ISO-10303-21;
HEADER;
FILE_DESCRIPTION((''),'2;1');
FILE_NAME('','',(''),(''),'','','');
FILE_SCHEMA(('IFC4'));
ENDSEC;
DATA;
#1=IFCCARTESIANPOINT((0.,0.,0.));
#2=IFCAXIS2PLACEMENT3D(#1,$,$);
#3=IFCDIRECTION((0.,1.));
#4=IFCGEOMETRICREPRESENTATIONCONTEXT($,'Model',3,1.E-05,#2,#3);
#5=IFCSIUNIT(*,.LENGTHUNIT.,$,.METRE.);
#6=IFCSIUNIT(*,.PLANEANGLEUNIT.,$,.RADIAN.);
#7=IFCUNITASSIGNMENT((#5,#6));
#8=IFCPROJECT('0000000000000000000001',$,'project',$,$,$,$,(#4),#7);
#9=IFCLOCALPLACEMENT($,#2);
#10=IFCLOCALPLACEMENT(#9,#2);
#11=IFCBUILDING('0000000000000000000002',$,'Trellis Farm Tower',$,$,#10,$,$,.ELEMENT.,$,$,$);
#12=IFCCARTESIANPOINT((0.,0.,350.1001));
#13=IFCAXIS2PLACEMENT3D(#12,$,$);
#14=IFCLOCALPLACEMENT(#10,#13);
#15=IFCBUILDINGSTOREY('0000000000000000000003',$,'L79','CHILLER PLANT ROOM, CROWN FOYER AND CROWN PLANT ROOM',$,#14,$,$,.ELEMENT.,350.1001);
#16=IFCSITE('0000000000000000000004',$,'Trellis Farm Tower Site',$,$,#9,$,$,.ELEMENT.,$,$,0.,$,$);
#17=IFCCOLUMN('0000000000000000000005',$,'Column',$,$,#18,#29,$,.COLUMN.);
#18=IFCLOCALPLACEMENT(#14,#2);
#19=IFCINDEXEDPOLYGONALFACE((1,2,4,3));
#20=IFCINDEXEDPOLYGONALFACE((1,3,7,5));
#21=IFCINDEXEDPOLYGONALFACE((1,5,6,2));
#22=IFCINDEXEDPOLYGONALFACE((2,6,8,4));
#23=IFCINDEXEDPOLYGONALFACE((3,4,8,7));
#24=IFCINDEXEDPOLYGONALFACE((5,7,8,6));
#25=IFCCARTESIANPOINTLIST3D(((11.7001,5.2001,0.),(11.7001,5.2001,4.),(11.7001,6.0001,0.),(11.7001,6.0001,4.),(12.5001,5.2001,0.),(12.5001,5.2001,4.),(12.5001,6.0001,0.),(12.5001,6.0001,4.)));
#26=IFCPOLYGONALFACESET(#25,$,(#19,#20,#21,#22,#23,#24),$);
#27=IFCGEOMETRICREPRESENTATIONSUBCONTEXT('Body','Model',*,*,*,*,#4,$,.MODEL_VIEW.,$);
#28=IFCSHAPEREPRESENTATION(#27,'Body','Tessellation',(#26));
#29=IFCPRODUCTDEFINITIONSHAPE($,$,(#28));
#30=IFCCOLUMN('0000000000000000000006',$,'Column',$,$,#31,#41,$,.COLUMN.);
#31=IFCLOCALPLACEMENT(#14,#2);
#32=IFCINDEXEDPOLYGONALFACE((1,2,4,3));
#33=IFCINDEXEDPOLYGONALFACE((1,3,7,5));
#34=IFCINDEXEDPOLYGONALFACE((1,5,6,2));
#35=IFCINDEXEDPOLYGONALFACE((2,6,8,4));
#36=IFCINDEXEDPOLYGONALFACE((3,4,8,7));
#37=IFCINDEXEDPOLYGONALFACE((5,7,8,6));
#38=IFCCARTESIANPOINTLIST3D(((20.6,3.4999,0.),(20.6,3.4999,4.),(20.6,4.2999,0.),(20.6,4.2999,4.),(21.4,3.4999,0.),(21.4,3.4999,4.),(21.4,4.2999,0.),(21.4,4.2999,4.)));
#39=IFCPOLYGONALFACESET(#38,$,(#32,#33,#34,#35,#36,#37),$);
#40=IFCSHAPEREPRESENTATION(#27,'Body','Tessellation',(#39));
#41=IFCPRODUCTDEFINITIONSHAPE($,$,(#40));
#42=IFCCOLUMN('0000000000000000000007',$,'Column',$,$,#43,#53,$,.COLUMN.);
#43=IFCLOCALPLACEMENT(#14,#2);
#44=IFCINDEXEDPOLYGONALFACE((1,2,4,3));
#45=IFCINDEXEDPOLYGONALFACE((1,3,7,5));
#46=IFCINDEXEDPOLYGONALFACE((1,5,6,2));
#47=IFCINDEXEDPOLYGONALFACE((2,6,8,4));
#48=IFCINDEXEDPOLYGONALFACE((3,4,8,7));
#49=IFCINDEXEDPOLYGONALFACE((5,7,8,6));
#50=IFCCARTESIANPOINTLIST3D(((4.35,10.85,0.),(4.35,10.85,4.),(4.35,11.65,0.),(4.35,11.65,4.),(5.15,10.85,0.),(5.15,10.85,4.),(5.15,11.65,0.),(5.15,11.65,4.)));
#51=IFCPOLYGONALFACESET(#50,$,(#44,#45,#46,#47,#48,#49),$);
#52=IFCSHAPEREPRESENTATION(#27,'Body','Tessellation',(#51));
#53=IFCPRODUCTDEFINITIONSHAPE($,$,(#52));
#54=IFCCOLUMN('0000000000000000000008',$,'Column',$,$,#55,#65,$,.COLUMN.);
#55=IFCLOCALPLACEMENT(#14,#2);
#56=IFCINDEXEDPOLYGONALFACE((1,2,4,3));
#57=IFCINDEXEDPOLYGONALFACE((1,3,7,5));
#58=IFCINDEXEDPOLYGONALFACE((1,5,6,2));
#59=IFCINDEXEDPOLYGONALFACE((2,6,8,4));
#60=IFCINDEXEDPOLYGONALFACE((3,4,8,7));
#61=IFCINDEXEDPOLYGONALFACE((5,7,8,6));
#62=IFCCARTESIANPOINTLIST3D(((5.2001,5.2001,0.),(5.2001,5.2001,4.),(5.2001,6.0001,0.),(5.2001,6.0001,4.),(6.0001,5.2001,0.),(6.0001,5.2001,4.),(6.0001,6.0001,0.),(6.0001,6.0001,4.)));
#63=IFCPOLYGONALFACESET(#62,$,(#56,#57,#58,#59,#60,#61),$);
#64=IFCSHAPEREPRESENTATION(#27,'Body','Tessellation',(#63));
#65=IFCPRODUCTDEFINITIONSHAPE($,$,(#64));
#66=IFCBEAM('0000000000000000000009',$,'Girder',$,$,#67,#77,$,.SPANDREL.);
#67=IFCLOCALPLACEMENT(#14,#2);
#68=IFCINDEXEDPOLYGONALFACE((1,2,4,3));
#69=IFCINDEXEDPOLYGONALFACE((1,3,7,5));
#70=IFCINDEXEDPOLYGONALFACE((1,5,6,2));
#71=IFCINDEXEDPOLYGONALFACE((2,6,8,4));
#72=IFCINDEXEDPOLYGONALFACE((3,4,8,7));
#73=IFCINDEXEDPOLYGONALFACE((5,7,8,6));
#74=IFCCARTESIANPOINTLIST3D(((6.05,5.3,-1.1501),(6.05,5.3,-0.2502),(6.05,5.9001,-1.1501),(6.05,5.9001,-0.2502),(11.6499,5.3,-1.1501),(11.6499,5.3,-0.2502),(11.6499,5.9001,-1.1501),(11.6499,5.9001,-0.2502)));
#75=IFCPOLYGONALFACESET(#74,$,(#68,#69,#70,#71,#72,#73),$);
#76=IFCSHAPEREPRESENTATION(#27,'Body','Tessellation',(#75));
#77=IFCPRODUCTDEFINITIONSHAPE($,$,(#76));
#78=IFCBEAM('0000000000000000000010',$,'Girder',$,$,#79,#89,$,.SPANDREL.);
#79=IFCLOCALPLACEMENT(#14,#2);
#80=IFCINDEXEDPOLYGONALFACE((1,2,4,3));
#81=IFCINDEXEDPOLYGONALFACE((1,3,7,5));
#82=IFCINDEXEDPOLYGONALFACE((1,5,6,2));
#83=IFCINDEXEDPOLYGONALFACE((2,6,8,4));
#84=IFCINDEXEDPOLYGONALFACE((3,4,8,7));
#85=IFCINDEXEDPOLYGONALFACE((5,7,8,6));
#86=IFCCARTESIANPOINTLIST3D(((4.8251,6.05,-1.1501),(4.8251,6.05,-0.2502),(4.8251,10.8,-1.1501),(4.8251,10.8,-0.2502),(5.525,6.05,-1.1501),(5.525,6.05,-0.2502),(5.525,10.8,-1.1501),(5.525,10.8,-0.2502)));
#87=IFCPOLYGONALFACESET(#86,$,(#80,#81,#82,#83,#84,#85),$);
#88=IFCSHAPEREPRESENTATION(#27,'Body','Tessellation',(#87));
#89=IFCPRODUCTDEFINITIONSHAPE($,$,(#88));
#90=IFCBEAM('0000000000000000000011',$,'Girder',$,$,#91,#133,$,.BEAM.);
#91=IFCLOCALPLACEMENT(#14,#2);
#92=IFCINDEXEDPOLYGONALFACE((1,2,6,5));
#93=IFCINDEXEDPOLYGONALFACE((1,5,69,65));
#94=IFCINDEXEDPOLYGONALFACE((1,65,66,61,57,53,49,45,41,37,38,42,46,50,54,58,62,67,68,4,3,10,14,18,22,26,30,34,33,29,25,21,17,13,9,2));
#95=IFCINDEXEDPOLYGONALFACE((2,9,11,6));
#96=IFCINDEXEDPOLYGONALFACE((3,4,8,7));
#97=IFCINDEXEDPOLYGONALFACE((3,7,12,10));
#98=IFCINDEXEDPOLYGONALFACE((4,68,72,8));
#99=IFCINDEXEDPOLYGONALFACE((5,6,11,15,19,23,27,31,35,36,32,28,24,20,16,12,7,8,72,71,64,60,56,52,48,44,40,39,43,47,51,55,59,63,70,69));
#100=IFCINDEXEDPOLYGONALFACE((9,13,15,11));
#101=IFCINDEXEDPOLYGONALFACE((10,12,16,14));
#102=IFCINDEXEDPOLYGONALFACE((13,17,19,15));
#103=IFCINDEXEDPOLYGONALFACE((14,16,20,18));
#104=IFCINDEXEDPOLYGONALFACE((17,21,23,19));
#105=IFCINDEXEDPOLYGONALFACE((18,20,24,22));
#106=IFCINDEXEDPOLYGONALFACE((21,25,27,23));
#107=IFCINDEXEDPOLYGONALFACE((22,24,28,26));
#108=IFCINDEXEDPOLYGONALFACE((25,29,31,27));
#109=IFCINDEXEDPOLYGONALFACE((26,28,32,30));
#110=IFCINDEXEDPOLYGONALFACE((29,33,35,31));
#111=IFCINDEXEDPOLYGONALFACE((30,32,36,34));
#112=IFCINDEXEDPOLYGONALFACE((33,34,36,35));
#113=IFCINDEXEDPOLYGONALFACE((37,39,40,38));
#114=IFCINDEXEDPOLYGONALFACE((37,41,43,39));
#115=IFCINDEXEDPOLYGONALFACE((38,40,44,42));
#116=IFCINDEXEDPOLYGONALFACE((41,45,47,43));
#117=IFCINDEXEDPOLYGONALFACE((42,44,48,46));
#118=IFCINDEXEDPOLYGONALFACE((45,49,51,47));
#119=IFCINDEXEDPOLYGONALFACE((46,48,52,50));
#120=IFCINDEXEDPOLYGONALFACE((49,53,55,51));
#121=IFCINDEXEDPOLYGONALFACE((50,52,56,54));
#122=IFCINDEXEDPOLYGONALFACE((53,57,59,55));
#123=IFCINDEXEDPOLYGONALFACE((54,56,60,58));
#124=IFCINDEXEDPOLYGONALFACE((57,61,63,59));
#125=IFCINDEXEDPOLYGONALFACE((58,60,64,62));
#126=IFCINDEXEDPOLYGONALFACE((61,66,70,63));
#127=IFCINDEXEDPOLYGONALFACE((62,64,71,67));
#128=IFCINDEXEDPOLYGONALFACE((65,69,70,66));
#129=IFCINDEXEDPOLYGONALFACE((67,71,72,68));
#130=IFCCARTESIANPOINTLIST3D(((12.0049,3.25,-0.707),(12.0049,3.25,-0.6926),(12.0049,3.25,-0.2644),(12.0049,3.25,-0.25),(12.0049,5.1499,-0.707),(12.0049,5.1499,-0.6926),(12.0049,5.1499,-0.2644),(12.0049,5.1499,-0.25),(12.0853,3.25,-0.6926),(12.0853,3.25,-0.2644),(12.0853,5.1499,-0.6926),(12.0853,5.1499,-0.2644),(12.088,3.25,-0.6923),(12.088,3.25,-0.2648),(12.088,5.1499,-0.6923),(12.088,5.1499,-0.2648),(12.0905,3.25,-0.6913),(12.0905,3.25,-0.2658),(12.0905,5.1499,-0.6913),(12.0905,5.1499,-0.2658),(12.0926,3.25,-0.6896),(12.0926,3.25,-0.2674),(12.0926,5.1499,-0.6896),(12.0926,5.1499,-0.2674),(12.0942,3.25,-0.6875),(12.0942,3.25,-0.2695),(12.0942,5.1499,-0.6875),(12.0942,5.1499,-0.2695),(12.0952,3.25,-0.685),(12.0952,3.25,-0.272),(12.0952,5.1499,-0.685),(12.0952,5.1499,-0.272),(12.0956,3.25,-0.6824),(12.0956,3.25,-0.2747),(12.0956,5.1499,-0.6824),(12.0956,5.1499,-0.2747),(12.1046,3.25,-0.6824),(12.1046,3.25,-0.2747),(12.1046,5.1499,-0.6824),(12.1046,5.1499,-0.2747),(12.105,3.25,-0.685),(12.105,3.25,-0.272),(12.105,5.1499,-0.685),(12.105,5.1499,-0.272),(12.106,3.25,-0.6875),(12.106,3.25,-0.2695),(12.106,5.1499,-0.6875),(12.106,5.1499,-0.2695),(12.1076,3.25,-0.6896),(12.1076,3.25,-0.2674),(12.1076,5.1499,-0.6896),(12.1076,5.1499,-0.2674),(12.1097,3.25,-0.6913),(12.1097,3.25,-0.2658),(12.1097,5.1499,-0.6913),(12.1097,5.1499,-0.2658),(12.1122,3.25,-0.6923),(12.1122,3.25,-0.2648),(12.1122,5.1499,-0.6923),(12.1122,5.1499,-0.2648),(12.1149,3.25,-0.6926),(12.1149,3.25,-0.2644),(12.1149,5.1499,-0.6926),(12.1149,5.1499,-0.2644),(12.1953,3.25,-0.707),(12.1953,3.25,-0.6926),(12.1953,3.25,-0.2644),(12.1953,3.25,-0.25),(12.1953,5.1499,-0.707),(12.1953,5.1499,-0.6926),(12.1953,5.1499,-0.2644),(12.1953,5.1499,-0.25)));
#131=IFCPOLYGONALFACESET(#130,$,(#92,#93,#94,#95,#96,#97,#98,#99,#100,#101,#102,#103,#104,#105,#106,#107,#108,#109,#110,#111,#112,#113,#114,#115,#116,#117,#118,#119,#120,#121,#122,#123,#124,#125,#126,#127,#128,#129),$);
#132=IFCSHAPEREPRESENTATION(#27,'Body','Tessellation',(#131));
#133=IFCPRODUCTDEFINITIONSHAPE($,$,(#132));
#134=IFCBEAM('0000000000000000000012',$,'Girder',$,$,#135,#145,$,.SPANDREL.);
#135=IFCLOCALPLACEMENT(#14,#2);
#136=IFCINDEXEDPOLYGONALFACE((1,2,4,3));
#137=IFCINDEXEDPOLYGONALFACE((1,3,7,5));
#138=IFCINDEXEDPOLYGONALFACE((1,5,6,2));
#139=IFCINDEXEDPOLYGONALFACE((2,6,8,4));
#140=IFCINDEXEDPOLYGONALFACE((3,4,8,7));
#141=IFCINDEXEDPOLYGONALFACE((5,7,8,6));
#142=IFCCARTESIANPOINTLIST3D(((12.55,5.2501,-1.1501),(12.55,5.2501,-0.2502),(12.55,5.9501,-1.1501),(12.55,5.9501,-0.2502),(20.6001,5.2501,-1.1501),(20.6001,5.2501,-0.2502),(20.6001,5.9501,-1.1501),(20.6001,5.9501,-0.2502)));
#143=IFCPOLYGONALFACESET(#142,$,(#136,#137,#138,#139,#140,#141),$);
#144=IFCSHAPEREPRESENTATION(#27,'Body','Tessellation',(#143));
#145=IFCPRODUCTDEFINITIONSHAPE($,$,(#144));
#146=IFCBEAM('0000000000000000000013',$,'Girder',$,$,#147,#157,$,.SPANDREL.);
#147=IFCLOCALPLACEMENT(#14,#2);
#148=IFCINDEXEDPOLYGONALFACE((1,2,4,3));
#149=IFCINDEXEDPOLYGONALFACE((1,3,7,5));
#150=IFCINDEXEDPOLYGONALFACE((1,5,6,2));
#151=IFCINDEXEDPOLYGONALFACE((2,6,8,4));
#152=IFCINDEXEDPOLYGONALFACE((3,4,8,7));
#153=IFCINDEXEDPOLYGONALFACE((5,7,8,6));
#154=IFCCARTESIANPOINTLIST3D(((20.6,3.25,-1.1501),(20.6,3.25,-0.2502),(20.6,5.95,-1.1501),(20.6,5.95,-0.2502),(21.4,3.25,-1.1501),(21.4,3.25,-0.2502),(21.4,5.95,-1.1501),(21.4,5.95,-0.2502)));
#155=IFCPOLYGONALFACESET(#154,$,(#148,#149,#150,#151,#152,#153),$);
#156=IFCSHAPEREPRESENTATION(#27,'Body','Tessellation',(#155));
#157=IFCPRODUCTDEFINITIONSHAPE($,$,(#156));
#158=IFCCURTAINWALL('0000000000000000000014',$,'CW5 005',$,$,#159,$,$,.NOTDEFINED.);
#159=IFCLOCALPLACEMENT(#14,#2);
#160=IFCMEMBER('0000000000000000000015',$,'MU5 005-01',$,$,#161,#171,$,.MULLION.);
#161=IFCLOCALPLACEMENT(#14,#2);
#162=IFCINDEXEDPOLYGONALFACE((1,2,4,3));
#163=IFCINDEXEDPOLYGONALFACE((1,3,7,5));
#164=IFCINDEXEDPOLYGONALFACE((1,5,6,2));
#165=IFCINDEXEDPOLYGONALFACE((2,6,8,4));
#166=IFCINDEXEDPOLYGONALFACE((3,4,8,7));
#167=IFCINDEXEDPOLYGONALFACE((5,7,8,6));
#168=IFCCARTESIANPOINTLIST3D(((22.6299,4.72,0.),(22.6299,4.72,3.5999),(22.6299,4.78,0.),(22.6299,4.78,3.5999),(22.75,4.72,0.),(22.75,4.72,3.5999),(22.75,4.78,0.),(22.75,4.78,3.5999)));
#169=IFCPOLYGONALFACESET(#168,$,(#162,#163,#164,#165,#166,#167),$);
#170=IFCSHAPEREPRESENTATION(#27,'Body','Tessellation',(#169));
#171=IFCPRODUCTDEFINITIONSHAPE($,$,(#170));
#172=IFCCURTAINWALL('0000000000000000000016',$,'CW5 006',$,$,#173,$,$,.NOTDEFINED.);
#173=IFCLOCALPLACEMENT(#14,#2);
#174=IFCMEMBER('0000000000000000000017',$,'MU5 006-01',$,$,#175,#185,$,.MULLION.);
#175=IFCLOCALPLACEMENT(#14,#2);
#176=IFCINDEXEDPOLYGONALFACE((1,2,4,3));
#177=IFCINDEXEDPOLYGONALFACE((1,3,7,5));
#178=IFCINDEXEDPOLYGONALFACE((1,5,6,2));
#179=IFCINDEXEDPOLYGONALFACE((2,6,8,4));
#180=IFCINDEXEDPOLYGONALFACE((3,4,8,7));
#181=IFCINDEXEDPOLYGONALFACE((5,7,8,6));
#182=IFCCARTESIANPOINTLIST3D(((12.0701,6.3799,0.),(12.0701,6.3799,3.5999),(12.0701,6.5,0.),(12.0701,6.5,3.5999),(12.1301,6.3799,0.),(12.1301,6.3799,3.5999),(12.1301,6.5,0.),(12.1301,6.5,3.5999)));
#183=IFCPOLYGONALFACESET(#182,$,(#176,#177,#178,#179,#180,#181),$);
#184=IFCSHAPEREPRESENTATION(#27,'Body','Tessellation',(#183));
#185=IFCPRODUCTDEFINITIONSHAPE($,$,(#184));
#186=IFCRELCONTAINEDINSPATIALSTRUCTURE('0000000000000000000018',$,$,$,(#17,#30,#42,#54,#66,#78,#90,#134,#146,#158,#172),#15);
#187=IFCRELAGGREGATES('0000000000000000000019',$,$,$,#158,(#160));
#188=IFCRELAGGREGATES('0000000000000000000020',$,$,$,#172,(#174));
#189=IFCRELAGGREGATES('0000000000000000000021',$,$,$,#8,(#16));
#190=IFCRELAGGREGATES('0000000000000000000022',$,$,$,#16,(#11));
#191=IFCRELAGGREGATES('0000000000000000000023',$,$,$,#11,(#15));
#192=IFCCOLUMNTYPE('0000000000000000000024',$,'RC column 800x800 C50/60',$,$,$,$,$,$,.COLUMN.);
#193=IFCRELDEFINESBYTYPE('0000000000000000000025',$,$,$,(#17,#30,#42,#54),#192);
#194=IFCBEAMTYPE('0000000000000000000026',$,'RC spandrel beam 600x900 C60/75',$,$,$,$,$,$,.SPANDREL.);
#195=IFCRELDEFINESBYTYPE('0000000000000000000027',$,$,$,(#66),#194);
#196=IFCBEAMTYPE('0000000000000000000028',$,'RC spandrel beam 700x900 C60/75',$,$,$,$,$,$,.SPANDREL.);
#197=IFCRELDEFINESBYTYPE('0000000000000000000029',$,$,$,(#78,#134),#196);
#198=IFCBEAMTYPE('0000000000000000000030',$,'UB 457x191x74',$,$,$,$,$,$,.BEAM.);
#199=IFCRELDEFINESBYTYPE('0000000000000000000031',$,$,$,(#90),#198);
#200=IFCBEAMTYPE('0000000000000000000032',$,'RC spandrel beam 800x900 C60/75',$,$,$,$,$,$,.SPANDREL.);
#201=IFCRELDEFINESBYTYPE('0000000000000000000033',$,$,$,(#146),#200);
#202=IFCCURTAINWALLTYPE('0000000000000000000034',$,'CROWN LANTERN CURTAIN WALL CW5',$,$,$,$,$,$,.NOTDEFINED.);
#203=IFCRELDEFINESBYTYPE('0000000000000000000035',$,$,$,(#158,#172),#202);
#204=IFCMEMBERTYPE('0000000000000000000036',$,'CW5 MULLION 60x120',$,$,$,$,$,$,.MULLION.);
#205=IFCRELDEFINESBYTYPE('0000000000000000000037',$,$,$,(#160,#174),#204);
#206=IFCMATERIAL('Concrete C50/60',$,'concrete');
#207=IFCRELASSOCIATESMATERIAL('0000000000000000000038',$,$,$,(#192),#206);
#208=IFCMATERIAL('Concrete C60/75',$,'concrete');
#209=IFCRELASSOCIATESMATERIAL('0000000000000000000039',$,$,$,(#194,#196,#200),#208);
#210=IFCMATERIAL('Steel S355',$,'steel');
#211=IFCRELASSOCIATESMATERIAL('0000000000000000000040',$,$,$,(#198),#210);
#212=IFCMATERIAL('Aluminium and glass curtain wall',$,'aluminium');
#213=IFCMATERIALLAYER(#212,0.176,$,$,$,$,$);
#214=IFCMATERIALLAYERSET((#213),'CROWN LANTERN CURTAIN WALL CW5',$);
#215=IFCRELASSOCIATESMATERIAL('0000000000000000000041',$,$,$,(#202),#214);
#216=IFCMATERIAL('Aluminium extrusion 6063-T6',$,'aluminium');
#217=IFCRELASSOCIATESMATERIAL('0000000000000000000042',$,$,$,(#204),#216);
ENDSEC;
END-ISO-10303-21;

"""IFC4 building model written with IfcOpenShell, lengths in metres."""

from ifc_helpers import new_model, si_unit, direction, frame, origin, origin_2d, place, context, subcontext, project, spatial, rectangle, i_section, extrude, source, transform, mapped, material, layer, layer_set, material_profile, profile_set, type_object, element, aggregate, save


model = new_model("IFC4")

# Units and contexts
model_context = context("Model", 3, precision=1e-05, world=origin(), true_north=direction((0.0, 1.0)))
body_context = subcontext(model_context, "Body", "Model", "MODEL_VIEW")
ifc_project = project(units=[si_unit("LENGTHUNIT", "METRE"), si_unit("PLANEANGLEUNIT", "RADIAN")], contexts=[model_context])

# Site, building, storey
site_placement = place(None, origin())
site = spatial("IfcSite", under=ifc_project, at=site_placement, Name="Trellis Farm Tower Site", CompositionType="ELEMENT", RefElevation=0.0)
building_placement = place(site_placement, origin())
building = spatial("IfcBuilding", under=site, at=building_placement, Name="Trellis Farm Tower", CompositionType="ELEMENT")
storey_placement = place(building_placement, frame((0.0, 0.0, 350.1001)))
storey = spatial("IfcBuildingStorey", under=building, at=storey_placement, Name="L79", Description="CHILLER PLANT ROOM, CROWN FOYER AND CROWN PLANT ROOM", CompositionType="ELEMENT", Elevation=350.1001)

# Columns
ifc_material_1 = material(Name="Concrete C50/60", Category="concrete")
ifc_material_profile_1 = material_profile(ifc_material_1, rectangle(XDim=0.8, YDim=0.8, at=origin_2d()), Name="RC column 800x800 C50/60")
ifc_profile_set_1 = profile_set([ifc_material_profile_1], Name="Concrete C50/60")
column_type = type_object("IfcColumnType", Name="RC column 800x800 C50/60", PredefinedType="COLUMN", material=ifc_profile_set_1)
shared_shape_1 = source(origin(), body_context, "Body", "SweptSolid", [
    extrude(rectangle(XDim=0.8, YDim=0.8, at=origin_2d()), origin(), (0.0, 0.0, 1.0), 4.0),
])
for number, where, z_axis, x_axis, name in (
    (1, (12.1001, 5.6001, 0.0), (0.0, 0.0, 1.0), (1.0, 0.0, 0.0), "Column"),
    (2, (21.0, 3.8999, 0.0), (0.0, 0.0, 1.0), (1.0, 0.0, 0.0), "Column"),
    (3, (4.75, 11.25, 0.0), (0.0, 0.0, 1.0), (1.0, 0.0, 0.0), "Column"),
    (4, (5.6001, 5.6001, 0.0), (0.0, 0.0, 1.0), (1.0, 0.0, 0.0), "Column"),
):
    element("IfcColumn", number, at=place(storey_placement, frame(where, z_axis=z_axis, x_axis=x_axis)), inside=storey, type_object=column_type, Name=name, PredefinedType="COLUMN", context=body_context, shape_type="MappedRepresentation", body=[
        mapped(shared_shape_1, transform((0.0, 0.0, 0.0))),
    ])

# Beams
ifc_material_2 = material(Name="Concrete C60/75", Category="concrete")
ifc_material_profile_2 = material_profile(ifc_material_2, rectangle(XDim=0.6001, YDim=0.8999, at=origin_2d()), Name="RC spandrel beam 600x900 C60/75")
ifc_profile_set_2 = profile_set([ifc_material_profile_2], Name="Concrete C60/75")
beam_type_1 = type_object("IfcBeamType", Name="RC spandrel beam 600x900 C60/75", PredefinedType="SPANDREL", material=ifc_profile_set_2)
shared_shape_2 = source(origin(), body_context, "Body", "SweptSolid", [
    extrude(rectangle(XDim=0.6001, YDim=0.8999, at=origin_2d()), origin(), (0.0, 0.0, 1.0), 5.5999),
])
beam_1_placement = place(storey_placement, frame((6.05, 5.6001, -0.7002), z_axis=(1.0, 0.0, 0.0), x_axis=(0.0, 1.0, 0.0)))
element("IfcBeam", 5, at=beam_1_placement, inside=storey, type_object=beam_type_1, Name="Girder", PredefinedType="SPANDREL", context=body_context, shape_type="MappedRepresentation", body=[
    mapped(shared_shape_2, transform((0.0, 0.0, 0.0))),
])
ifc_material_profile_3 = material_profile(ifc_material_2, rectangle(XDim=0.7, YDim=0.8999, at=origin_2d()), Name="RC spandrel beam 700x900 C60/75")
ifc_profile_set_3 = profile_set([ifc_material_profile_3], Name="Concrete C60/75")
beam_type_2 = type_object("IfcBeamType", Name="RC spandrel beam 700x900 C60/75", PredefinedType="SPANDREL", material=ifc_profile_set_3)
shared_shape_3 = source(origin(), body_context, "Body", "SweptSolid", [
    extrude(rectangle(XDim=0.7, YDim=0.8999, at=origin_2d()), origin(), (0.0, 0.0, 1.0), 4.75),
])
beam_2_placement = place(storey_placement, frame((5.175, 6.05, -0.7002), z_axis=(0.0, 1.0, 0.0), x_axis=(-1.0, 0.0, 0.0)))
element("IfcBeam", 6, at=beam_2_placement, inside=storey, type_object=beam_type_2, Name="Girder", PredefinedType="SPANDREL", context=body_context, shape_type="MappedRepresentation", body=[
    mapped(shared_shape_3, transform((0.0, 0.0, 0.0))),
])
ifc_material_3 = material(Name="Steel S355", Category="steel")
ifc_material_profile_4 = material_profile(ifc_material_3, i_section(OverallWidth=0.1904, OverallDepth=0.457, WebThickness=0.009, FlangeThickness=0.0144, FilletRadius=0.0103, at=origin_2d()), Name="UB 457x191x74")
ifc_profile_set_4 = profile_set([ifc_material_profile_4], Name="Steel S355")
beam_type_3 = type_object("IfcBeamType", Name="UB 457x191x74", PredefinedType="BEAM", material=ifc_profile_set_4)
shared_shape_4 = source(origin(), body_context, "Body", "SweptSolid", [
    extrude(i_section(OverallWidth=0.1904, OverallDepth=0.457, WebThickness=0.009, FlangeThickness=0.0144, FilletRadius=0.0103, at=origin_2d()), origin(), (0.0, 0.0, 1.0), 1.8999),
])
beam_3_placement = place(storey_placement, frame((12.1001, 3.25, -0.4785), z_axis=(0.0, 1.0, 0.0), x_axis=(-1.0, 0.0, 0.0)))
element("IfcBeam", 7, at=beam_3_placement, inside=storey, type_object=beam_type_3, Name="Girder", PredefinedType="BEAM", context=body_context, shape_type="MappedRepresentation", body=[
    mapped(shared_shape_4, transform((0.0, 0.0, 0.0))),
])
shared_shape_5 = source(origin(), body_context, "Body", "SweptSolid", [
    extrude(rectangle(XDim=0.7, YDim=0.8999, at=origin_2d()), origin(), (0.0, 0.0, 1.0), 8.05),
])
beam_4_placement = place(storey_placement, frame((12.55, 5.6001, -0.7002), z_axis=(1.0, 0.0, 0.0), x_axis=(0.0, 1.0, 0.0)))
element("IfcBeam", 8, at=beam_4_placement, inside=storey, type_object=beam_type_2, Name="Girder", PredefinedType="SPANDREL", context=body_context, shape_type="MappedRepresentation", body=[
    mapped(shared_shape_5, transform((0.0, 0.0, 0.0))),
])
ifc_material_profile_5 = material_profile(ifc_material_2, rectangle(XDim=0.8, YDim=0.8999, at=origin_2d()), Name="RC spandrel beam 800x900 C60/75")
ifc_profile_set_5 = profile_set([ifc_material_profile_5], Name="Concrete C60/75")
beam_type_4 = type_object("IfcBeamType", Name="RC spandrel beam 800x900 C60/75", PredefinedType="SPANDREL", material=ifc_profile_set_5)
shared_shape_6 = source(origin(), body_context, "Body", "SweptSolid", [
    extrude(rectangle(XDim=0.8, YDim=0.8999, at=origin_2d()), origin(), (0.0, 0.0, 1.0), 2.7),
])
beam_5_placement = place(storey_placement, frame((21.0, 3.25, -0.7002), z_axis=(0.0, 1.0, 0.0), x_axis=(-1.0, 0.0, 0.0)))
element("IfcBeam", 9, at=beam_5_placement, inside=storey, type_object=beam_type_4, Name="Girder", PredefinedType="SPANDREL", context=body_context, shape_type="MappedRepresentation", body=[
    mapped(shared_shape_6, transform((0.0, 0.0, 0.0))),
])

# Curtain walls, members
ifc_material_4 = material(Name="Aluminium and glass curtain wall", Category="aluminium")
ifc_layer_1 = layer(ifc_material_4, 0.176)
ifc_layer_set_1 = layer_set([ifc_layer_1], Name="CROWN LANTERN CURTAIN WALL CW5")
curtain_wall_type = type_object("IfcCurtainWallType", Name="CROWN LANTERN CURTAIN WALL CW5", PredefinedType="NOTDEFINED", material=ifc_layer_set_1)
placement = place(storey_placement, origin())
curtain_wall_1 = element("IfcCurtainWall", 10, at=placement, inside=storey, type_object=curtain_wall_type, Name="CW5 005", PredefinedType="NOTDEFINED")
ifc_material_5 = material(Name="Aluminium extrusion 6063-T6", Category="aluminium")
ifc_material_profile_6 = material_profile(ifc_material_5, rectangle(XDim=0.0601, YDim=0.1201, at=origin_2d()), Name="MULLION 60x120")
ifc_profile_set_6 = profile_set([ifc_material_profile_6], Name="Aluminium extrusion 6063-T6")
member_type = type_object("IfcMemberType", Name="CW5 MULLION 60x120", PredefinedType="MULLION", material=ifc_profile_set_6)
shared_shape_7 = source(origin(), body_context, "Body", "SweptSolid", [
    extrude(rectangle(XDim=0.0601, YDim=0.1201, at=origin_2d()), origin(), (0.0, 0.0, 1.0), 3.5999),
])
member_1_placement = place(storey_placement, frame((22.6899, 4.75, 0.0), z_axis=(0.0, 0.0, 1.0), x_axis=(0.0, 1.0, 0.0)))
member_1 = element("IfcMember", 11, at=member_1_placement, type_object=member_type, Name="MU5 005-01", PredefinedType="MULLION", context=body_context, shape_type="MappedRepresentation", body=[
    mapped(shared_shape_7, transform((0.0, 0.0, 0.0))),
])
aggregate(curtain_wall_1, [member_1])
curtain_wall_2 = element("IfcCurtainWall", 12, at=placement, inside=storey, type_object=curtain_wall_type, Name="CW5 006", PredefinedType="NOTDEFINED")
member_2_placement = place(storey_placement, frame((12.1001, 6.4399, 0.0), z_axis=(0.0, 0.0, 1.0), x_axis=(-1.0, 0.0, 0.0)))
member_2 = element("IfcMember", 13, at=member_2_placement, type_object=member_type, Name="MU5 006-01", PredefinedType="MULLION", context=body_context, shape_type="MappedRepresentation", body=[
    mapped(shared_shape_7, transform((0.0, 0.0, 0.0))),
])
aggregate(curtain_wall_2, [member_2])

save(model, "model.ifc")
